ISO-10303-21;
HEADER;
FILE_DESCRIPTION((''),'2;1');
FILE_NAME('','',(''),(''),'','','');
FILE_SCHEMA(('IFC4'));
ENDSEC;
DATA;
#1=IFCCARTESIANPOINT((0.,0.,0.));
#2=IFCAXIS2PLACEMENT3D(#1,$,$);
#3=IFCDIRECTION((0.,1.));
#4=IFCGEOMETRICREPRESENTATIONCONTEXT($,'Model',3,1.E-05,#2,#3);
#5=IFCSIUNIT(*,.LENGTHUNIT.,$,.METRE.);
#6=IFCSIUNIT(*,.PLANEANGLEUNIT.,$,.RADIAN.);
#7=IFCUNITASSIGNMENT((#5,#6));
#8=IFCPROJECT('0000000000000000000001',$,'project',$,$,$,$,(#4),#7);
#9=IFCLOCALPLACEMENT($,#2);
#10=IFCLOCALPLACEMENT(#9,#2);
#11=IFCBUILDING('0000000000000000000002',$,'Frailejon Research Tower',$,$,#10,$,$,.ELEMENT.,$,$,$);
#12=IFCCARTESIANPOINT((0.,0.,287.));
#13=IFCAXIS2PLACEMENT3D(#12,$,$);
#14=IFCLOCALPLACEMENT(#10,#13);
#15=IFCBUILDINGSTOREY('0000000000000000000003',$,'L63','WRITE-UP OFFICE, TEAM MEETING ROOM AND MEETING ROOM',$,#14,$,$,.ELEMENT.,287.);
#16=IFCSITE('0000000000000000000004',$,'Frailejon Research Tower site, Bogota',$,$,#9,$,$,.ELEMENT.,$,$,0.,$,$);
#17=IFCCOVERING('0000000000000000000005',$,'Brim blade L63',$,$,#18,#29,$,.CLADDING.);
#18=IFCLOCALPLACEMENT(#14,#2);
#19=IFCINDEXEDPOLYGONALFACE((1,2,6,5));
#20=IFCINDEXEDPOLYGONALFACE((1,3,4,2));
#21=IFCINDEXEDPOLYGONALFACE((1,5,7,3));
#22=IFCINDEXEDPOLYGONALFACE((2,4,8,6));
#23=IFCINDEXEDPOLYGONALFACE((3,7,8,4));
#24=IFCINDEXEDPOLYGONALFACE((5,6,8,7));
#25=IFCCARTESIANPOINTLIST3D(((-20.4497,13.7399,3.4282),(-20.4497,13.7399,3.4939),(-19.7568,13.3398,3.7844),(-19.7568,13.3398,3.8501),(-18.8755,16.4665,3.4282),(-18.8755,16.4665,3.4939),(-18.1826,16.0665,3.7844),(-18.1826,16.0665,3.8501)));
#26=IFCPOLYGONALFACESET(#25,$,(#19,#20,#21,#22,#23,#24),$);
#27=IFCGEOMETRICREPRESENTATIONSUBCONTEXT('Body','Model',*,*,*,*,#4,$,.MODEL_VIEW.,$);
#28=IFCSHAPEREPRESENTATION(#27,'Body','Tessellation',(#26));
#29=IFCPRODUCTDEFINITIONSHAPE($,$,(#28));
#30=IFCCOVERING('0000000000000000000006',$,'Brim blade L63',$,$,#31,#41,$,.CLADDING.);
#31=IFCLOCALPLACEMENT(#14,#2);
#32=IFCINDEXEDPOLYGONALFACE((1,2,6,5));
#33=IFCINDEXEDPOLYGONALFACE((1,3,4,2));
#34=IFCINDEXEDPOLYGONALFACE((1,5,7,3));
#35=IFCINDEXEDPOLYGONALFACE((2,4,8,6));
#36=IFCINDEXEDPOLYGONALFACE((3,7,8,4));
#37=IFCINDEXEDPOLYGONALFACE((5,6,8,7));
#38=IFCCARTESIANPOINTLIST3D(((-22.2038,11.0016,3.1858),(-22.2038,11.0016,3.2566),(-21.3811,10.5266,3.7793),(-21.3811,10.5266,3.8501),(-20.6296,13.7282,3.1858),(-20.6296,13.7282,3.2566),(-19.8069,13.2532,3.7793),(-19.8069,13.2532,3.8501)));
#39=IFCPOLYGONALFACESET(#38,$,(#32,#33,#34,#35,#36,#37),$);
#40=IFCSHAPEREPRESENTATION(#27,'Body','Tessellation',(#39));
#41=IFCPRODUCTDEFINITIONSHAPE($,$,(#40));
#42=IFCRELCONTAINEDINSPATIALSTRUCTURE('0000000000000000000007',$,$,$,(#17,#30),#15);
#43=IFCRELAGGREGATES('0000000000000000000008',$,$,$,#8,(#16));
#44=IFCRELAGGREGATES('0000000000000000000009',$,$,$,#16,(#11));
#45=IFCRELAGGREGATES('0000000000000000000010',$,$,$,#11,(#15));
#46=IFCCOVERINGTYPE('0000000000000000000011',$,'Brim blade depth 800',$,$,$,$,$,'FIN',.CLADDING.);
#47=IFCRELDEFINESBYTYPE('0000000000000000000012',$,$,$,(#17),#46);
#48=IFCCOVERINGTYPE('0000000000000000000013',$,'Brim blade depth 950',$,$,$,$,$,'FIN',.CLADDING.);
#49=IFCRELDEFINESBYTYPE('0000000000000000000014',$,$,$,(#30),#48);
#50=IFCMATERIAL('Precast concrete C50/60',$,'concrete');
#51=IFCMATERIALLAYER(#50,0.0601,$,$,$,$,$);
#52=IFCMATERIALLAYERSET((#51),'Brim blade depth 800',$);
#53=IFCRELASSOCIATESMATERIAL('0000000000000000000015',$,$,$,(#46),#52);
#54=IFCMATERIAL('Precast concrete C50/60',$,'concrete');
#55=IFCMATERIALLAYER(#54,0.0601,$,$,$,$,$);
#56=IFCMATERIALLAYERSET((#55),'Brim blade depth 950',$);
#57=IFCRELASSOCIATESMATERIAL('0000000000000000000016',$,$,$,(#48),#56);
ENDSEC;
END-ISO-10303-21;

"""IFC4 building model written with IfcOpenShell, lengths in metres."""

from ifc_helpers import new_model, si_unit, direction, frame, origin, place, context, subcontext, project, spatial, polyline, outline, extrude, material, layer, layer_set, type_object, element, save


model = new_model("IFC4")

# Units and contexts
model_context = context("Model", 3, precision=1e-05, world=origin(), true_north=direction((0.0, 1.0)))
body_context = subcontext(model_context, "Body", "Model", "MODEL_VIEW")
ifc_project = project(units=[si_unit("LENGTHUNIT", "METRE"), si_unit("PLANEANGLEUNIT", "RADIAN")], contexts=[model_context])

# Site, building, storey
site_placement = place(None, origin())
site = spatial("IfcSite", under=ifc_project, at=site_placement, Name="Frailejon Research Tower site, Bogota", CompositionType="ELEMENT", RefElevation=0.0)
building_placement = place(site_placement, origin())
building = spatial("IfcBuilding", under=site, at=building_placement, Name="Frailejon Research Tower", CompositionType="ELEMENT")
storey_placement = place(building_placement, frame((0.0, 0.0, 287.0)))
storey = spatial("IfcBuildingStorey", under=building, at=storey_placement, Name="L63", Description="WRITE-UP OFFICE, TEAM MEETING ROOM AND MEETING ROOM", CompositionType="ELEMENT", Elevation=287.0)

# Coverings
ifc_material_1 = material(Name="Precast concrete C50/60", Category="concrete")
ifc_layer_1 = layer(ifc_material_1, 0.0601)
ifc_layer_set_1 = layer_set([ifc_layer_1], Name="Brim blade depth 800")
covering_type_1 = type_object("IfcCoveringType", Name="Brim blade depth 800", ElementType="FIN", PredefinedType="CLADDING", material=ifc_layer_set_1)
covering_1_placement = place(storey_placement, frame((-19.7568, 13.3398, 3.8501), z_axis=(0.5, 0.866026, 0.0), x_axis=(-0.866026, 0.5, 0.0)))
element("IfcCovering", 1, at=covering_1_placement, inside=storey, type_object=covering_type_1, Name="Brim blade L63", PredefinedType="CLADDING", context=body_context, shape_type="SweptSolid", body=[
    extrude(outline(polyline([(0.0, -0.0657), (0.8, -0.4219), (0.8, -0.3562), (0.0, 0.0), (0.0, -0.0657)])), origin(), (0.0, 0.0, 1.0), 3.1484),
])
ifc_material_2 = material(Name="Precast concrete C50/60", Category="concrete")
ifc_layer_2 = layer(ifc_material_2, 0.0601)
ifc_layer_set_2 = layer_set([ifc_layer_2], Name="Brim blade depth 950")
covering_type_2 = type_object("IfcCoveringType", Name="Brim blade depth 950", ElementType="FIN", PredefinedType="CLADDING", material=ifc_layer_set_2)
covering_2_placement = place(storey_placement, frame((-21.3811, 10.5266, 3.8501), z_axis=(0.5, 0.866026, 0.0), x_axis=(-0.866026, 0.5, 0.0)))
element("IfcCovering", 2, at=covering_2_placement, inside=storey, type_object=covering_type_2, Name="Brim blade L63", PredefinedType="CLADDING", context=body_context, shape_type="SweptSolid", body=[
    extrude(outline(polyline([(0.0, -0.0708), (0.95, -0.6643), (0.95, -0.5935), (0.0, 0.0), (0.0, -0.0708)])), origin(), (0.0, 0.0, 1.0), 3.1484),
])

save(model, "model.ifc")
